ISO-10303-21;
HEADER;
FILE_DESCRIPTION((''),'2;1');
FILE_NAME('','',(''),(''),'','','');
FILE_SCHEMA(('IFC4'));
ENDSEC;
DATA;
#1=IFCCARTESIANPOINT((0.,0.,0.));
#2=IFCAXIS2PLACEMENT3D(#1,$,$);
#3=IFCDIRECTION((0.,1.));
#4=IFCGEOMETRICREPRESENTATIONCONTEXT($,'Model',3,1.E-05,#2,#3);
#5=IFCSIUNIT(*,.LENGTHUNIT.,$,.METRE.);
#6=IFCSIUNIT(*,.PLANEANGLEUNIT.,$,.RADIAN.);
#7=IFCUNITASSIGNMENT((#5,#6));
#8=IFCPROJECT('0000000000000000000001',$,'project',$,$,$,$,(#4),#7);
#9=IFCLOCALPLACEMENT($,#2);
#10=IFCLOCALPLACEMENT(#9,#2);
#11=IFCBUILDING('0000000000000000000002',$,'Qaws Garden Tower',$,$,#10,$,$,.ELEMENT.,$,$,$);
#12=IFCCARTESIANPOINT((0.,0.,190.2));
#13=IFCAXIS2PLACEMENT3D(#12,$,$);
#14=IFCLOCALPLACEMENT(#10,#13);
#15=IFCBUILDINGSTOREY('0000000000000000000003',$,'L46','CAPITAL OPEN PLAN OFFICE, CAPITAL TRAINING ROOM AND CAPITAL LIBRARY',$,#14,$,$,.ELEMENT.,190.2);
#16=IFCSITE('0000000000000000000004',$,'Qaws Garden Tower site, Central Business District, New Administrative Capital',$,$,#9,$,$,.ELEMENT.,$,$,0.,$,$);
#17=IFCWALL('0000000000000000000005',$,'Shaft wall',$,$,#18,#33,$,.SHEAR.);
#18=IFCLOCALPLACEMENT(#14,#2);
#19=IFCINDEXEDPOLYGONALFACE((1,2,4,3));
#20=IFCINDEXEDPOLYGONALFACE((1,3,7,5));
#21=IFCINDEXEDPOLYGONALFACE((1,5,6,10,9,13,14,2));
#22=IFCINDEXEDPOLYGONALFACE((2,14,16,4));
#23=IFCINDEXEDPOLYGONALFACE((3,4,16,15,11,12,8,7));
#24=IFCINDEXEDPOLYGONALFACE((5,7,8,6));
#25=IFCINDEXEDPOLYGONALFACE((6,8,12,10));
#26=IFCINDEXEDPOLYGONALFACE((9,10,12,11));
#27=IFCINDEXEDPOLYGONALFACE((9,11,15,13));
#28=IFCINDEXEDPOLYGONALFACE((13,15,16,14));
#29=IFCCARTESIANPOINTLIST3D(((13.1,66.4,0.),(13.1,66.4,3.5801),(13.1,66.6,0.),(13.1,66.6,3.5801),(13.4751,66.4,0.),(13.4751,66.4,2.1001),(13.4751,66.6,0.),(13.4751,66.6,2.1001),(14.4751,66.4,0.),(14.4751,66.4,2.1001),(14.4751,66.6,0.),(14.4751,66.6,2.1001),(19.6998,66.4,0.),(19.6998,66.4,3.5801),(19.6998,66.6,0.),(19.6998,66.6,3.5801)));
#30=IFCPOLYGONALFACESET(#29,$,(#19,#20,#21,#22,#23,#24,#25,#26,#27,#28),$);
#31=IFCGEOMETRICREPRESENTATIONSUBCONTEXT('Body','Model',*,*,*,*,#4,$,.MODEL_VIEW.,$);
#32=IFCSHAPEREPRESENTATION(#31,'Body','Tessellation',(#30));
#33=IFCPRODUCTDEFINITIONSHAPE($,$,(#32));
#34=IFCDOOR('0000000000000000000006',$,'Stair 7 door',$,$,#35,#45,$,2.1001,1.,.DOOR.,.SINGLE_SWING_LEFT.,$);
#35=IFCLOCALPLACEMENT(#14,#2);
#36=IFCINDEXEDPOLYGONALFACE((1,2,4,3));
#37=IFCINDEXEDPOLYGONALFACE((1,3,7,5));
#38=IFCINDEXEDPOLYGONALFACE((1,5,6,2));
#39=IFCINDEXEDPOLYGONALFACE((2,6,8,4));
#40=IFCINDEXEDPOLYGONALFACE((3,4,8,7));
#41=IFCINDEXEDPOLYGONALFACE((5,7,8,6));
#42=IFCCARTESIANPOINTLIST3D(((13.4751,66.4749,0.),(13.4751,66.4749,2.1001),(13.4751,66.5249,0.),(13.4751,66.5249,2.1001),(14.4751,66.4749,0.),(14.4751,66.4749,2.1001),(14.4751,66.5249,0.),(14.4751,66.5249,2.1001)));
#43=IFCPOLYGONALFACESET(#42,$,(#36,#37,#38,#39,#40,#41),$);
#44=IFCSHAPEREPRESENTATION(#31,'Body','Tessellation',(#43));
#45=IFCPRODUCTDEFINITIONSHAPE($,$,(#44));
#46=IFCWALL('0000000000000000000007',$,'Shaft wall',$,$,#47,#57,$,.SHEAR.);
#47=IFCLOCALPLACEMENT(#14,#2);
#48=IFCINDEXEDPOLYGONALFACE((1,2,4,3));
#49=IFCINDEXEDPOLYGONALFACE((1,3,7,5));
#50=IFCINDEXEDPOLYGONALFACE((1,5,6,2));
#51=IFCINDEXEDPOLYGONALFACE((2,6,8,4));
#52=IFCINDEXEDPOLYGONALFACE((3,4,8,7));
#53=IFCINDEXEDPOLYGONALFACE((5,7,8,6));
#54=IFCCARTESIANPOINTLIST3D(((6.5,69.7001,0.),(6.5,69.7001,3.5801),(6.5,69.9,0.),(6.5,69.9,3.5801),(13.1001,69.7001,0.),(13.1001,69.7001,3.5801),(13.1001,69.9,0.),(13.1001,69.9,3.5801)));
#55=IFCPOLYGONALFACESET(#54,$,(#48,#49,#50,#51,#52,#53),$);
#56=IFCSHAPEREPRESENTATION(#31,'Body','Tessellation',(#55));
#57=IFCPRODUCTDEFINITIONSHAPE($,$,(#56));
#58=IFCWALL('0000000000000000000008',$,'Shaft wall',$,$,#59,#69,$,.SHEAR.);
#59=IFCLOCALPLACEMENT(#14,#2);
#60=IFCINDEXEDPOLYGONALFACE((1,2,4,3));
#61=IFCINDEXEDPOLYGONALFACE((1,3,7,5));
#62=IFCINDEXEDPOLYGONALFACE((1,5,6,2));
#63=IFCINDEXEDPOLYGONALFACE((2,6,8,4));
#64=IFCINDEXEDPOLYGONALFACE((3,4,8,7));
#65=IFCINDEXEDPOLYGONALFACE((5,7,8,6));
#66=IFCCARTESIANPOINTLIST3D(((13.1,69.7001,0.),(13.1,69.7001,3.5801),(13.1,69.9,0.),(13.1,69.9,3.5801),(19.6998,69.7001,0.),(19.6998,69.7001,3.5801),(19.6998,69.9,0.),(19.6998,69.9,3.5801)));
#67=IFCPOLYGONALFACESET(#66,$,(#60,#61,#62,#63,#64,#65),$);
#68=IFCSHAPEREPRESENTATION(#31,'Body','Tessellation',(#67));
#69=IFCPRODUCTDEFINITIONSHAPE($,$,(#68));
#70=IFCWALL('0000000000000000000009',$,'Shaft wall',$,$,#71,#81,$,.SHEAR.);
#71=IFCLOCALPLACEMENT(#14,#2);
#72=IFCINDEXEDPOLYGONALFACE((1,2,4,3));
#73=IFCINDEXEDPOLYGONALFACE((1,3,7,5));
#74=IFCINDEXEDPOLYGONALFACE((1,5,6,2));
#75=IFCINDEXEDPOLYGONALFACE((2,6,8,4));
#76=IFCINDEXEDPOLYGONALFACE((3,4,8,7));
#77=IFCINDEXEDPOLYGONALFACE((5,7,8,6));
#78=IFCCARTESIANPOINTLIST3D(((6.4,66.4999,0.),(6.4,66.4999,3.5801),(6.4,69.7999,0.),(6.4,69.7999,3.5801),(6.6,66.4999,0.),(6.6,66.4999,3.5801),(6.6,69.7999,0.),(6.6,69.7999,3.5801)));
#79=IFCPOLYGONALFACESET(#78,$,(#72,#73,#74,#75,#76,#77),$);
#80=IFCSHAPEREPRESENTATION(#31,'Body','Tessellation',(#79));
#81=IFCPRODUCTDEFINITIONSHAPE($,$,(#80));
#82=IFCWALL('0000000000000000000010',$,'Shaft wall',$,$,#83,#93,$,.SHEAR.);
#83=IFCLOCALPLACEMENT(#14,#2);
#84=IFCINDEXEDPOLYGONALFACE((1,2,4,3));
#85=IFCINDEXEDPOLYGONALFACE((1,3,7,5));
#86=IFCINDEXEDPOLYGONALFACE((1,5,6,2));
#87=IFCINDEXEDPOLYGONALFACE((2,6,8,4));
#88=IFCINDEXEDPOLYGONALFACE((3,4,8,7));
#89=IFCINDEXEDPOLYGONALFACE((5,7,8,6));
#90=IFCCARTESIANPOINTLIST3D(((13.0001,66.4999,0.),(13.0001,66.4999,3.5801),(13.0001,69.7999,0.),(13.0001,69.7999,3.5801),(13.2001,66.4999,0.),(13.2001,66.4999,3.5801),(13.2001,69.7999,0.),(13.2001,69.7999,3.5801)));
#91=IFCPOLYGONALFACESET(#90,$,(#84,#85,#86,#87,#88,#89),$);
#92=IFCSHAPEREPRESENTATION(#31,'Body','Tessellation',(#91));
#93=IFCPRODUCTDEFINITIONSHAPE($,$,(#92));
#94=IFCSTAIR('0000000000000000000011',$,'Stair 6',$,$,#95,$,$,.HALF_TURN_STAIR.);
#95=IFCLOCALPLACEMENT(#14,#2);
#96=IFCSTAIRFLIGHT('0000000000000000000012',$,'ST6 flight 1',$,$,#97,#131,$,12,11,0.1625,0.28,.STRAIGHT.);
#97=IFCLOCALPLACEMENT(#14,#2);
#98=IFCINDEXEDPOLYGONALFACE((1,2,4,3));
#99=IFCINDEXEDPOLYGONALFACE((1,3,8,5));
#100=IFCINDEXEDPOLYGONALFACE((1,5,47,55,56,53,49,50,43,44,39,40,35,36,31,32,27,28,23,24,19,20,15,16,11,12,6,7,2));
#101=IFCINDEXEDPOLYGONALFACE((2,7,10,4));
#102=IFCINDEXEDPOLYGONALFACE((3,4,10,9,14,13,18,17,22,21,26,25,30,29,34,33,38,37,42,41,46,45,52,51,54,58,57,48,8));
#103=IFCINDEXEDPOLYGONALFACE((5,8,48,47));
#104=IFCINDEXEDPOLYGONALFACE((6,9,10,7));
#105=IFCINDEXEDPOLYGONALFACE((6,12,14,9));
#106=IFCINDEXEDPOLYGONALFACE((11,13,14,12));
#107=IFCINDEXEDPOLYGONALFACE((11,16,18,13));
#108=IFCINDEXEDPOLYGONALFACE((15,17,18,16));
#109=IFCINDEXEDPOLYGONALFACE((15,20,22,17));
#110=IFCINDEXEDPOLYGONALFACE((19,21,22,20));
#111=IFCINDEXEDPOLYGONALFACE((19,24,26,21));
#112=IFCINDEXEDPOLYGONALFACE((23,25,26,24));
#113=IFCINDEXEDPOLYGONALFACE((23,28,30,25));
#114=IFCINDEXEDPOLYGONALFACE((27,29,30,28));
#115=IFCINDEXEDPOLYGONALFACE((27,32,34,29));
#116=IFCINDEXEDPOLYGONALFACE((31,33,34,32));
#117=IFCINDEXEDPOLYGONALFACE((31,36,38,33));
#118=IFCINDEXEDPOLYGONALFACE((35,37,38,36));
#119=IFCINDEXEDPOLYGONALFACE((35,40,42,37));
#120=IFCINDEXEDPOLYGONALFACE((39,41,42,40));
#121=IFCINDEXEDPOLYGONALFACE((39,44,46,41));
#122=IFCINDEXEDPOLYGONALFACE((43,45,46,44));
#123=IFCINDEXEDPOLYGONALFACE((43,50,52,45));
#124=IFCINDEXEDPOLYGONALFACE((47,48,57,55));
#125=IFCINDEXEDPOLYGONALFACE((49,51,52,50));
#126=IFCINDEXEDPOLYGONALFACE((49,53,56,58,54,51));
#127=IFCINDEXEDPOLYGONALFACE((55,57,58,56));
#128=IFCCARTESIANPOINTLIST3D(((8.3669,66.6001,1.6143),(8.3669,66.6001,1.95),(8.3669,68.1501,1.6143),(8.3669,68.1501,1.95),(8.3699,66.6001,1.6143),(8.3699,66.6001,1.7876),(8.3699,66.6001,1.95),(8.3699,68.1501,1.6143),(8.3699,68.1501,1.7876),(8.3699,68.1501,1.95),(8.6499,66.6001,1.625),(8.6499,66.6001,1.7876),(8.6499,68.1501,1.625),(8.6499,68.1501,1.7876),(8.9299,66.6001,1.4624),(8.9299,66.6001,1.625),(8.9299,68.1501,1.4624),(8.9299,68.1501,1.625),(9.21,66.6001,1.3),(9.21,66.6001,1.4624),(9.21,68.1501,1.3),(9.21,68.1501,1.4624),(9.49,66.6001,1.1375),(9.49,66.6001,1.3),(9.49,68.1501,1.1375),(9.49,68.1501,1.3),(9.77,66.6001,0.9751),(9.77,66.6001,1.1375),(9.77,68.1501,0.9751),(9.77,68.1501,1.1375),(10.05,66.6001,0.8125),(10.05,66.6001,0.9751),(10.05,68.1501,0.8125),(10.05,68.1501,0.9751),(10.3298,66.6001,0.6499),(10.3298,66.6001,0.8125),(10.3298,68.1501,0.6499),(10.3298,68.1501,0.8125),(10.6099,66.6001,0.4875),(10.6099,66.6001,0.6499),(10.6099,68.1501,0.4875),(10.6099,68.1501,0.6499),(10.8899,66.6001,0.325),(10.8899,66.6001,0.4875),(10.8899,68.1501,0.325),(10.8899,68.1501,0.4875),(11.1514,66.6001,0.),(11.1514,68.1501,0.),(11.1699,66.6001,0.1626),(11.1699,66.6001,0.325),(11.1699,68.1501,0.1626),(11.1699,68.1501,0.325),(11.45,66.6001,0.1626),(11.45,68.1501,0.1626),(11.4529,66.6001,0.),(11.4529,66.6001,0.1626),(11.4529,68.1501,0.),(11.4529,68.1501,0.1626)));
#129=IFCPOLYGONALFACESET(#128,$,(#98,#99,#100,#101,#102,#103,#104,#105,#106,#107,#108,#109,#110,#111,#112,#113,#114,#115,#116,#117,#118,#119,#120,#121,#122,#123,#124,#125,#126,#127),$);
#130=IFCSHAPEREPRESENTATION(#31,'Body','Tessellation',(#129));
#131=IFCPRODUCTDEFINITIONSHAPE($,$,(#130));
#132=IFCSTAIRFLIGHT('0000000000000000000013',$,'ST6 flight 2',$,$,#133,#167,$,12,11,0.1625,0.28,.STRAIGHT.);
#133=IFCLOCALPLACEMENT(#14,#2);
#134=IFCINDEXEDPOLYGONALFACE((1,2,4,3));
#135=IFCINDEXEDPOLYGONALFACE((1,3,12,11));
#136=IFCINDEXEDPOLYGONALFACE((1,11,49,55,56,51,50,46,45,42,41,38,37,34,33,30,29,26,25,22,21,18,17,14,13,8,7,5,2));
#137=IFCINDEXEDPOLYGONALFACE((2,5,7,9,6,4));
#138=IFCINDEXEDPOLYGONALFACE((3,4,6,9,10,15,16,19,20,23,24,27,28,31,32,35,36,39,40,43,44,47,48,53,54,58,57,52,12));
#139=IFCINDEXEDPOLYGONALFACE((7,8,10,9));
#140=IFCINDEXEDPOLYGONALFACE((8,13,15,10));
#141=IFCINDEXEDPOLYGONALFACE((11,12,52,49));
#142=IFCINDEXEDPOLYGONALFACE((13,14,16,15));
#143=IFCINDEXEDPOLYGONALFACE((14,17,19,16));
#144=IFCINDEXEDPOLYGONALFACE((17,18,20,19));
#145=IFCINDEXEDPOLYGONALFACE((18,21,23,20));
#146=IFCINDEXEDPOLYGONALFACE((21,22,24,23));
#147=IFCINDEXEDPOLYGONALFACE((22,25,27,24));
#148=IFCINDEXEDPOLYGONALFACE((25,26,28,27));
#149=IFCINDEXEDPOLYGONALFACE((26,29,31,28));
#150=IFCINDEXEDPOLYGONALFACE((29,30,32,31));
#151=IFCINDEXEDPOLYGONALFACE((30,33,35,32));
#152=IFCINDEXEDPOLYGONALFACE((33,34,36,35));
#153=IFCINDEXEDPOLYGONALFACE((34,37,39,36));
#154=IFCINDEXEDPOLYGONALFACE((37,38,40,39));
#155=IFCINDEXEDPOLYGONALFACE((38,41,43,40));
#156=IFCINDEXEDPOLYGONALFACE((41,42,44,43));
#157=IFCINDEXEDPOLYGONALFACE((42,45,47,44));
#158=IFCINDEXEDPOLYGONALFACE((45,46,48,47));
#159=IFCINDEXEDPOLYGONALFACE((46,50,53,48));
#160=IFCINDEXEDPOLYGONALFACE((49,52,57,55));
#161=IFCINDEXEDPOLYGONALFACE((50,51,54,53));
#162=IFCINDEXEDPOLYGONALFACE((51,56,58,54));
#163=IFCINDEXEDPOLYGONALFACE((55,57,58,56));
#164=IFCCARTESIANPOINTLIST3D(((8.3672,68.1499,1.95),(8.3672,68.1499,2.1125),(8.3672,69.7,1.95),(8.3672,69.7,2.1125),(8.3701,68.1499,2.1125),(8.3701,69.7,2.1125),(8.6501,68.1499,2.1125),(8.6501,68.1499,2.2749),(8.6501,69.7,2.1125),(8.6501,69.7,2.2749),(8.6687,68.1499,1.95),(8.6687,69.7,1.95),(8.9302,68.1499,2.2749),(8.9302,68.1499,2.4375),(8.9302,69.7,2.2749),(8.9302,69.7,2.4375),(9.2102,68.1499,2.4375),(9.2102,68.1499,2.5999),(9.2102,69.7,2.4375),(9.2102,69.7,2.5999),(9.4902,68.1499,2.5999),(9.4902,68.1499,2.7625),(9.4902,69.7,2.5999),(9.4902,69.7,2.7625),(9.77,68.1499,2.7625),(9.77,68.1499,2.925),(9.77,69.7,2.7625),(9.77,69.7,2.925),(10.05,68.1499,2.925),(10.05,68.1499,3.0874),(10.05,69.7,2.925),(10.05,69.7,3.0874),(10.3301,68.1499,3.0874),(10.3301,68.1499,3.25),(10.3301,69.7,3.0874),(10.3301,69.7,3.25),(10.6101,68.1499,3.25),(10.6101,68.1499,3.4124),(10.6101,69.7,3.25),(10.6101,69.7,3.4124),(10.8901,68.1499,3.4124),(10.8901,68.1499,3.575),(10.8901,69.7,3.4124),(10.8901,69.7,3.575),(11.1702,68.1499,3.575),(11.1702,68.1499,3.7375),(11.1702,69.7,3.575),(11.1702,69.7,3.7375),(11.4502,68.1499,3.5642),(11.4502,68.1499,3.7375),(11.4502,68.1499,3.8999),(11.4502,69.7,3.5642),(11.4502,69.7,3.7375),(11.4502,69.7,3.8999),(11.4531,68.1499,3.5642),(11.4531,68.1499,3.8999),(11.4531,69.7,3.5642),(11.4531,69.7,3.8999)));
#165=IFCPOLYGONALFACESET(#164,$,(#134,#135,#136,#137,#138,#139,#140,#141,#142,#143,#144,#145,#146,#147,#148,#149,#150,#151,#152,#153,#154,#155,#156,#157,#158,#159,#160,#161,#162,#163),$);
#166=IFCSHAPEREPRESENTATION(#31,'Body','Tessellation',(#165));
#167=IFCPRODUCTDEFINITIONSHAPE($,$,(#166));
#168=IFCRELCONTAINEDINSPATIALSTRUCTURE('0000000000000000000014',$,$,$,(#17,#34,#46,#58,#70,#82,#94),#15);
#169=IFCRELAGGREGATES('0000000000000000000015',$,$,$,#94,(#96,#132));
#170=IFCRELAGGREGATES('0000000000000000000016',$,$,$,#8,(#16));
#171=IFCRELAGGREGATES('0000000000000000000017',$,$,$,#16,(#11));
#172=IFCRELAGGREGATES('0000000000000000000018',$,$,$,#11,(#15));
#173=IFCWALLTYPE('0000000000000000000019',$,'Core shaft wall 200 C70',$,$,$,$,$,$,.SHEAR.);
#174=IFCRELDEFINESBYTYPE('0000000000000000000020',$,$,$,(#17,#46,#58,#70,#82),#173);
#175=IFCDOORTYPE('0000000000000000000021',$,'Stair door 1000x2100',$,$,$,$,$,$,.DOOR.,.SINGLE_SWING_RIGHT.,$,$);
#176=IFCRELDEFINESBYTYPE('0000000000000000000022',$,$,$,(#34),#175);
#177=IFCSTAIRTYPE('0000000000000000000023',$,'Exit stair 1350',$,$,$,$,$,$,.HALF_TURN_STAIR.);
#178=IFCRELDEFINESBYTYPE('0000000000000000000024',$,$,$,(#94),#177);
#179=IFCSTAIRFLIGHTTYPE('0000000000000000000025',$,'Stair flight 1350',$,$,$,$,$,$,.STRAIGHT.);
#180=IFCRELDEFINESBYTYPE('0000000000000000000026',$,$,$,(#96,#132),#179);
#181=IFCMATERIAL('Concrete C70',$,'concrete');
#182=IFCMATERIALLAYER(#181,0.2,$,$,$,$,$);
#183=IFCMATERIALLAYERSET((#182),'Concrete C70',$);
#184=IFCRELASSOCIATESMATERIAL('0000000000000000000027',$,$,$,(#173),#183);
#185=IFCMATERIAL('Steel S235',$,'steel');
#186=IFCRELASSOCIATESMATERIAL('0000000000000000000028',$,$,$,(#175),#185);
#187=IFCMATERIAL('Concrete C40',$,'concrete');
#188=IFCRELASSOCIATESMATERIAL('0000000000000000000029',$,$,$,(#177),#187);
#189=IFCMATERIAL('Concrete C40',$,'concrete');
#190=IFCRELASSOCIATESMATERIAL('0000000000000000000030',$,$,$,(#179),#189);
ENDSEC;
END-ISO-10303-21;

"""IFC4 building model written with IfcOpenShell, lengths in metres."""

from ifc_helpers import new_model, si_unit, direction, frame, frame_2d, origin, place, context, subcontext, project, spatial, polyline, rectangle, outline, extrude, material, layer, layer_set, type_object, element, fill, aggregate, save


model = new_model("IFC4")

# Units and contexts
model_context = context("Model", 3, precision=1e-05, world=origin(), true_north=direction((0.0, 1.0)))
body_context = subcontext(model_context, "Body", "Model", "MODEL_VIEW")
ifc_project = project(units=[si_unit("LENGTHUNIT", "METRE"), si_unit("PLANEANGLEUNIT", "RADIAN")], contexts=[model_context])

# Site, building, storey
site_placement = place(None, origin())
site = spatial("IfcSite", under=ifc_project, at=site_placement, Name="Qaws Garden Tower site, Central Business District, New Administrative Capital", CompositionType="ELEMENT", RefElevation=0.0)
building_placement = place(site_placement, origin())
building = spatial("IfcBuilding", under=site, at=building_placement, Name="Qaws Garden Tower", CompositionType="ELEMENT")
storey_placement = place(building_placement, frame((0.0, 0.0, 190.2)))
storey = spatial("IfcBuildingStorey", under=building, at=storey_placement, Name="L46", Description="CAPITAL OPEN PLAN OFFICE, CAPITAL TRAINING ROOM AND CAPITAL LIBRARY", CompositionType="ELEMENT", Elevation=190.2)

# Wall, opening, door
ifc_material_1 = material(Name="Concrete C70", Category="concrete")
ifc_layer_1 = layer(ifc_material_1, 0.2)
ifc_layer_set_1 = layer_set([ifc_layer_1], Name="Concrete C70")
wall_type_1 = type_object("IfcWallType", Name="Core shaft wall 200 C70", PredefinedType="SHEAR", material=ifc_layer_set_1)
wall_1_placement = place(storey_placement, frame((13.1001, 66.5, 0.0), z_axis=(0.0, 0.0, 1.0), x_axis=(1.0, 0.0, 0.0)))
wall_1 = element("IfcWall", 1, at=wall_1_placement, inside=storey, type_object=wall_type_1, Name="Shaft wall", PredefinedType="SHEAR", context=body_context, shape_type="SweptSolid", body=[
    extrude(rectangle(XDim=6.5999, YDim=0.2, at=frame_2d((3.2998, 0.0))), origin(), (0.0, 0.0, 1.0), 3.5801),
])
opening_1_placement = place(wall_1_placement, frame((0.375, 0.0, 0.0)))
opening_1 = element("IfcOpeningElement", 2, at=opening_1_placement, cuts=wall_1, PredefinedType="OPENING", context=body_context, shape_type="SweptSolid", body=[
    extrude(rectangle(XDim=1.0, YDim=2.1001, at=frame_2d((0.5, 1.05))), frame((0.0, 0.1099, 0.0), z_axis=(0.0, -1.0, 0.0), x_axis=(1.0, 0.0, 0.0)), (0.0, 0.0, 1.0), 0.22),
])
ifc_material_2 = material(Name="Steel S235", Category="steel")
door_type = type_object("IfcDoorType", Name="Stair door 1000x2100", OperationType="SINGLE_SWING_RIGHT", PredefinedType="DOOR", material=ifc_material_2)
door_placement = place(opening_1_placement, origin())
door = element("IfcDoor", 3, at=door_placement, inside=storey, type_object=door_type, Name="Stair 7 door", OperationType="SINGLE_SWING_LEFT", OverallHeight=2.1001, OverallWidth=1.0, PredefinedType="DOOR", context=body_context, shape_type="SweptSolid", body=[
    extrude(rectangle(XDim=1.0, YDim=2.1001, at=frame_2d((0.5, 1.05))), frame((0.0, 0.0249, 0.0), z_axis=(0.0, -1.0, 0.0), x_axis=(1.0, 0.0, 0.0)), (0.0, 0.0, 1.0), 0.05),
])
fill(opening_1, door)

# Walls
wall_2_placement = place(storey_placement, frame((6.5, 69.8, 0.0), z_axis=(0.0, 0.0, 1.0), x_axis=(1.0, 0.0, 0.0)))
element("IfcWall", 4, at=wall_2_placement, inside=storey, type_object=wall_type_1, Name="Shaft wall", PredefinedType="SHEAR", context=body_context, shape_type="SweptSolid", body=[
    extrude(rectangle(XDim=6.6001, YDim=0.2, at=frame_2d((3.3, 0.0))), origin(), (0.0, 0.0, 1.0), 3.5801),
])
wall_3_placement = place(storey_placement, frame((13.1001, 69.8, 0.0), z_axis=(0.0, 0.0, 1.0), x_axis=(1.0, 0.0, 0.0)))
element("IfcWall", 5, at=wall_3_placement, inside=storey, type_object=wall_type_1, Name="Shaft wall", PredefinedType="SHEAR", context=body_context, shape_type="SweptSolid", body=[
    extrude(rectangle(XDim=6.5999, YDim=0.2, at=frame_2d((3.2998, 0.0))), origin(), (0.0, 0.0, 1.0), 3.5801),
])
for number, where, z_axis, x_axis, name in (
    (6, (6.5, 66.5, 0.0), (0.0, 0.0, 1.0), (0.0, 1.0, 0.0), "Shaft wall"),
    (7, (13.1001, 66.5, 0.0), (0.0, 0.0, 1.0), (0.0, 1.0, 0.0), "Shaft wall"),
):
    element("IfcWall", number, at=place(storey_placement, frame(where, z_axis=z_axis, x_axis=x_axis)), inside=storey, type_object=wall_type_1, Name=name, PredefinedType="SHEAR", context=body_context, shape_type="SweptSolid", body=[
        extrude(rectangle(XDim=3.3, YDim=0.2, at=frame_2d((1.6499, 0.0))), origin(), (0.0, 0.0, 1.0), 3.5801),
    ])

# Stair, stair flights
ifc_material_3 = material(Name="Concrete C40", Category="concrete")
stair_type = type_object("IfcStairType", Name="Exit stair 1350", PredefinedType="HALF_TURN_STAIR", material=ifc_material_3)
placement = place(storey_placement, origin())
stair_1 = element("IfcStair", 8, at=placement, inside=storey, type_object=stair_type, Name="Stair 6", PredefinedType="HALF_TURN_STAIR")
ifc_material_4 = material(Name="Concrete C40", Category="concrete")
stair_flight_type = type_object("IfcStairFlightType", Name="Stair flight 1350", PredefinedType="STRAIGHT", material=ifc_material_4)
stair_flight_1_placement = place(storey_placement, frame((11.45, 67.375, 0.0), z_axis=(0.0, 0.0, 1.0), x_axis=(-1.0, 0.0, 0.0)))
stair_flight_1 = element("IfcStairFlight", 9, at=stair_flight_1_placement, type_object=stair_flight_type, Name="ST6 flight 1", NumberOfRisers=12, NumberOfTreads=11, PredefinedType="STRAIGHT", RiserHeight=0.1625, TreadLength=0.28, context=body_context, shape_type="SweptSolid", body=[
    extrude(outline(polyline([(-0.0029, 0.0), (-0.0029, 0.1626), (0.0, 0.1626), (0.28, 0.1626), (0.28, 0.325), (0.5601, 0.325), (0.5601, 0.4875), (0.8401, 0.4875), (0.8401, 0.6499), (1.1201, 0.6499), (1.1201, 0.8125), (1.3999, 0.8125), (1.3999, 0.9751), (1.6799, 0.9751), (1.6799, 1.1375), (1.96, 1.1375), (1.96, 1.3), (2.24, 1.3), (2.24, 1.4624), (2.52, 1.4624), (2.52, 1.625), (2.8, 1.625), (2.8, 1.7876), (3.0801, 1.7876), (3.0801, 1.95), (3.083, 1.95), (3.083, 1.6143), (3.0801, 1.6143), (0.2986, 0.0), (-0.0029, 0.0)])), frame((0.0, 0.7749, 0.0), z_axis=(0.0, -1.0, 0.0), x_axis=(1.0, 0.0, 0.0)), (0.0, 0.0, 1.0), 1.55),
])
stair_flight_2_placement = place(storey_placement, frame((8.3701, 68.925, 1.95), z_axis=(0.0, 0.0, 1.0), x_axis=(1.0, 0.0, 0.0)))
stair_flight_2 = element("IfcStairFlight", 10, at=stair_flight_2_placement, type_object=stair_flight_type, Name="ST6 flight 2", NumberOfRisers=12, NumberOfTreads=11, PredefinedType="STRAIGHT", RiserHeight=0.1625, TreadLength=0.28, context=body_context, shape_type="SweptSolid", body=[
    extrude(outline(polyline([(-0.0029, 0.0), (-0.0029, 0.1626), (0.0, 0.1626), (0.28, 0.1626), (0.28, 0.325), (0.5601, 0.325), (0.5601, 0.4875), (0.8401, 0.4875), (0.8401, 0.6499), (1.1201, 0.6499), (1.1201, 0.8125), (1.3999, 0.8125), (1.3999, 0.9751), (1.6799, 0.9751), (1.6799, 1.1375), (1.96, 1.1375), (1.96, 1.3), (2.24, 1.3), (2.24, 1.4624), (2.52, 1.4624), (2.52, 1.625), (2.8, 1.625), (2.8, 1.7876), (3.0801, 1.7876), (3.0801, 1.95), (3.083, 1.95), (3.083, 1.6143), (3.0801, 1.6143), (0.2986, 0.0), (-0.0029, 0.0)])), frame((0.0, 0.7749, 0.0), z_axis=(0.0, -1.0, 0.0), x_axis=(1.0, 0.0, 0.0)), (0.0, 0.0, 1.0), 1.55),
])
aggregate(stair_1, [stair_flight_1, stair_flight_2])

save(model, "model.ifc")
